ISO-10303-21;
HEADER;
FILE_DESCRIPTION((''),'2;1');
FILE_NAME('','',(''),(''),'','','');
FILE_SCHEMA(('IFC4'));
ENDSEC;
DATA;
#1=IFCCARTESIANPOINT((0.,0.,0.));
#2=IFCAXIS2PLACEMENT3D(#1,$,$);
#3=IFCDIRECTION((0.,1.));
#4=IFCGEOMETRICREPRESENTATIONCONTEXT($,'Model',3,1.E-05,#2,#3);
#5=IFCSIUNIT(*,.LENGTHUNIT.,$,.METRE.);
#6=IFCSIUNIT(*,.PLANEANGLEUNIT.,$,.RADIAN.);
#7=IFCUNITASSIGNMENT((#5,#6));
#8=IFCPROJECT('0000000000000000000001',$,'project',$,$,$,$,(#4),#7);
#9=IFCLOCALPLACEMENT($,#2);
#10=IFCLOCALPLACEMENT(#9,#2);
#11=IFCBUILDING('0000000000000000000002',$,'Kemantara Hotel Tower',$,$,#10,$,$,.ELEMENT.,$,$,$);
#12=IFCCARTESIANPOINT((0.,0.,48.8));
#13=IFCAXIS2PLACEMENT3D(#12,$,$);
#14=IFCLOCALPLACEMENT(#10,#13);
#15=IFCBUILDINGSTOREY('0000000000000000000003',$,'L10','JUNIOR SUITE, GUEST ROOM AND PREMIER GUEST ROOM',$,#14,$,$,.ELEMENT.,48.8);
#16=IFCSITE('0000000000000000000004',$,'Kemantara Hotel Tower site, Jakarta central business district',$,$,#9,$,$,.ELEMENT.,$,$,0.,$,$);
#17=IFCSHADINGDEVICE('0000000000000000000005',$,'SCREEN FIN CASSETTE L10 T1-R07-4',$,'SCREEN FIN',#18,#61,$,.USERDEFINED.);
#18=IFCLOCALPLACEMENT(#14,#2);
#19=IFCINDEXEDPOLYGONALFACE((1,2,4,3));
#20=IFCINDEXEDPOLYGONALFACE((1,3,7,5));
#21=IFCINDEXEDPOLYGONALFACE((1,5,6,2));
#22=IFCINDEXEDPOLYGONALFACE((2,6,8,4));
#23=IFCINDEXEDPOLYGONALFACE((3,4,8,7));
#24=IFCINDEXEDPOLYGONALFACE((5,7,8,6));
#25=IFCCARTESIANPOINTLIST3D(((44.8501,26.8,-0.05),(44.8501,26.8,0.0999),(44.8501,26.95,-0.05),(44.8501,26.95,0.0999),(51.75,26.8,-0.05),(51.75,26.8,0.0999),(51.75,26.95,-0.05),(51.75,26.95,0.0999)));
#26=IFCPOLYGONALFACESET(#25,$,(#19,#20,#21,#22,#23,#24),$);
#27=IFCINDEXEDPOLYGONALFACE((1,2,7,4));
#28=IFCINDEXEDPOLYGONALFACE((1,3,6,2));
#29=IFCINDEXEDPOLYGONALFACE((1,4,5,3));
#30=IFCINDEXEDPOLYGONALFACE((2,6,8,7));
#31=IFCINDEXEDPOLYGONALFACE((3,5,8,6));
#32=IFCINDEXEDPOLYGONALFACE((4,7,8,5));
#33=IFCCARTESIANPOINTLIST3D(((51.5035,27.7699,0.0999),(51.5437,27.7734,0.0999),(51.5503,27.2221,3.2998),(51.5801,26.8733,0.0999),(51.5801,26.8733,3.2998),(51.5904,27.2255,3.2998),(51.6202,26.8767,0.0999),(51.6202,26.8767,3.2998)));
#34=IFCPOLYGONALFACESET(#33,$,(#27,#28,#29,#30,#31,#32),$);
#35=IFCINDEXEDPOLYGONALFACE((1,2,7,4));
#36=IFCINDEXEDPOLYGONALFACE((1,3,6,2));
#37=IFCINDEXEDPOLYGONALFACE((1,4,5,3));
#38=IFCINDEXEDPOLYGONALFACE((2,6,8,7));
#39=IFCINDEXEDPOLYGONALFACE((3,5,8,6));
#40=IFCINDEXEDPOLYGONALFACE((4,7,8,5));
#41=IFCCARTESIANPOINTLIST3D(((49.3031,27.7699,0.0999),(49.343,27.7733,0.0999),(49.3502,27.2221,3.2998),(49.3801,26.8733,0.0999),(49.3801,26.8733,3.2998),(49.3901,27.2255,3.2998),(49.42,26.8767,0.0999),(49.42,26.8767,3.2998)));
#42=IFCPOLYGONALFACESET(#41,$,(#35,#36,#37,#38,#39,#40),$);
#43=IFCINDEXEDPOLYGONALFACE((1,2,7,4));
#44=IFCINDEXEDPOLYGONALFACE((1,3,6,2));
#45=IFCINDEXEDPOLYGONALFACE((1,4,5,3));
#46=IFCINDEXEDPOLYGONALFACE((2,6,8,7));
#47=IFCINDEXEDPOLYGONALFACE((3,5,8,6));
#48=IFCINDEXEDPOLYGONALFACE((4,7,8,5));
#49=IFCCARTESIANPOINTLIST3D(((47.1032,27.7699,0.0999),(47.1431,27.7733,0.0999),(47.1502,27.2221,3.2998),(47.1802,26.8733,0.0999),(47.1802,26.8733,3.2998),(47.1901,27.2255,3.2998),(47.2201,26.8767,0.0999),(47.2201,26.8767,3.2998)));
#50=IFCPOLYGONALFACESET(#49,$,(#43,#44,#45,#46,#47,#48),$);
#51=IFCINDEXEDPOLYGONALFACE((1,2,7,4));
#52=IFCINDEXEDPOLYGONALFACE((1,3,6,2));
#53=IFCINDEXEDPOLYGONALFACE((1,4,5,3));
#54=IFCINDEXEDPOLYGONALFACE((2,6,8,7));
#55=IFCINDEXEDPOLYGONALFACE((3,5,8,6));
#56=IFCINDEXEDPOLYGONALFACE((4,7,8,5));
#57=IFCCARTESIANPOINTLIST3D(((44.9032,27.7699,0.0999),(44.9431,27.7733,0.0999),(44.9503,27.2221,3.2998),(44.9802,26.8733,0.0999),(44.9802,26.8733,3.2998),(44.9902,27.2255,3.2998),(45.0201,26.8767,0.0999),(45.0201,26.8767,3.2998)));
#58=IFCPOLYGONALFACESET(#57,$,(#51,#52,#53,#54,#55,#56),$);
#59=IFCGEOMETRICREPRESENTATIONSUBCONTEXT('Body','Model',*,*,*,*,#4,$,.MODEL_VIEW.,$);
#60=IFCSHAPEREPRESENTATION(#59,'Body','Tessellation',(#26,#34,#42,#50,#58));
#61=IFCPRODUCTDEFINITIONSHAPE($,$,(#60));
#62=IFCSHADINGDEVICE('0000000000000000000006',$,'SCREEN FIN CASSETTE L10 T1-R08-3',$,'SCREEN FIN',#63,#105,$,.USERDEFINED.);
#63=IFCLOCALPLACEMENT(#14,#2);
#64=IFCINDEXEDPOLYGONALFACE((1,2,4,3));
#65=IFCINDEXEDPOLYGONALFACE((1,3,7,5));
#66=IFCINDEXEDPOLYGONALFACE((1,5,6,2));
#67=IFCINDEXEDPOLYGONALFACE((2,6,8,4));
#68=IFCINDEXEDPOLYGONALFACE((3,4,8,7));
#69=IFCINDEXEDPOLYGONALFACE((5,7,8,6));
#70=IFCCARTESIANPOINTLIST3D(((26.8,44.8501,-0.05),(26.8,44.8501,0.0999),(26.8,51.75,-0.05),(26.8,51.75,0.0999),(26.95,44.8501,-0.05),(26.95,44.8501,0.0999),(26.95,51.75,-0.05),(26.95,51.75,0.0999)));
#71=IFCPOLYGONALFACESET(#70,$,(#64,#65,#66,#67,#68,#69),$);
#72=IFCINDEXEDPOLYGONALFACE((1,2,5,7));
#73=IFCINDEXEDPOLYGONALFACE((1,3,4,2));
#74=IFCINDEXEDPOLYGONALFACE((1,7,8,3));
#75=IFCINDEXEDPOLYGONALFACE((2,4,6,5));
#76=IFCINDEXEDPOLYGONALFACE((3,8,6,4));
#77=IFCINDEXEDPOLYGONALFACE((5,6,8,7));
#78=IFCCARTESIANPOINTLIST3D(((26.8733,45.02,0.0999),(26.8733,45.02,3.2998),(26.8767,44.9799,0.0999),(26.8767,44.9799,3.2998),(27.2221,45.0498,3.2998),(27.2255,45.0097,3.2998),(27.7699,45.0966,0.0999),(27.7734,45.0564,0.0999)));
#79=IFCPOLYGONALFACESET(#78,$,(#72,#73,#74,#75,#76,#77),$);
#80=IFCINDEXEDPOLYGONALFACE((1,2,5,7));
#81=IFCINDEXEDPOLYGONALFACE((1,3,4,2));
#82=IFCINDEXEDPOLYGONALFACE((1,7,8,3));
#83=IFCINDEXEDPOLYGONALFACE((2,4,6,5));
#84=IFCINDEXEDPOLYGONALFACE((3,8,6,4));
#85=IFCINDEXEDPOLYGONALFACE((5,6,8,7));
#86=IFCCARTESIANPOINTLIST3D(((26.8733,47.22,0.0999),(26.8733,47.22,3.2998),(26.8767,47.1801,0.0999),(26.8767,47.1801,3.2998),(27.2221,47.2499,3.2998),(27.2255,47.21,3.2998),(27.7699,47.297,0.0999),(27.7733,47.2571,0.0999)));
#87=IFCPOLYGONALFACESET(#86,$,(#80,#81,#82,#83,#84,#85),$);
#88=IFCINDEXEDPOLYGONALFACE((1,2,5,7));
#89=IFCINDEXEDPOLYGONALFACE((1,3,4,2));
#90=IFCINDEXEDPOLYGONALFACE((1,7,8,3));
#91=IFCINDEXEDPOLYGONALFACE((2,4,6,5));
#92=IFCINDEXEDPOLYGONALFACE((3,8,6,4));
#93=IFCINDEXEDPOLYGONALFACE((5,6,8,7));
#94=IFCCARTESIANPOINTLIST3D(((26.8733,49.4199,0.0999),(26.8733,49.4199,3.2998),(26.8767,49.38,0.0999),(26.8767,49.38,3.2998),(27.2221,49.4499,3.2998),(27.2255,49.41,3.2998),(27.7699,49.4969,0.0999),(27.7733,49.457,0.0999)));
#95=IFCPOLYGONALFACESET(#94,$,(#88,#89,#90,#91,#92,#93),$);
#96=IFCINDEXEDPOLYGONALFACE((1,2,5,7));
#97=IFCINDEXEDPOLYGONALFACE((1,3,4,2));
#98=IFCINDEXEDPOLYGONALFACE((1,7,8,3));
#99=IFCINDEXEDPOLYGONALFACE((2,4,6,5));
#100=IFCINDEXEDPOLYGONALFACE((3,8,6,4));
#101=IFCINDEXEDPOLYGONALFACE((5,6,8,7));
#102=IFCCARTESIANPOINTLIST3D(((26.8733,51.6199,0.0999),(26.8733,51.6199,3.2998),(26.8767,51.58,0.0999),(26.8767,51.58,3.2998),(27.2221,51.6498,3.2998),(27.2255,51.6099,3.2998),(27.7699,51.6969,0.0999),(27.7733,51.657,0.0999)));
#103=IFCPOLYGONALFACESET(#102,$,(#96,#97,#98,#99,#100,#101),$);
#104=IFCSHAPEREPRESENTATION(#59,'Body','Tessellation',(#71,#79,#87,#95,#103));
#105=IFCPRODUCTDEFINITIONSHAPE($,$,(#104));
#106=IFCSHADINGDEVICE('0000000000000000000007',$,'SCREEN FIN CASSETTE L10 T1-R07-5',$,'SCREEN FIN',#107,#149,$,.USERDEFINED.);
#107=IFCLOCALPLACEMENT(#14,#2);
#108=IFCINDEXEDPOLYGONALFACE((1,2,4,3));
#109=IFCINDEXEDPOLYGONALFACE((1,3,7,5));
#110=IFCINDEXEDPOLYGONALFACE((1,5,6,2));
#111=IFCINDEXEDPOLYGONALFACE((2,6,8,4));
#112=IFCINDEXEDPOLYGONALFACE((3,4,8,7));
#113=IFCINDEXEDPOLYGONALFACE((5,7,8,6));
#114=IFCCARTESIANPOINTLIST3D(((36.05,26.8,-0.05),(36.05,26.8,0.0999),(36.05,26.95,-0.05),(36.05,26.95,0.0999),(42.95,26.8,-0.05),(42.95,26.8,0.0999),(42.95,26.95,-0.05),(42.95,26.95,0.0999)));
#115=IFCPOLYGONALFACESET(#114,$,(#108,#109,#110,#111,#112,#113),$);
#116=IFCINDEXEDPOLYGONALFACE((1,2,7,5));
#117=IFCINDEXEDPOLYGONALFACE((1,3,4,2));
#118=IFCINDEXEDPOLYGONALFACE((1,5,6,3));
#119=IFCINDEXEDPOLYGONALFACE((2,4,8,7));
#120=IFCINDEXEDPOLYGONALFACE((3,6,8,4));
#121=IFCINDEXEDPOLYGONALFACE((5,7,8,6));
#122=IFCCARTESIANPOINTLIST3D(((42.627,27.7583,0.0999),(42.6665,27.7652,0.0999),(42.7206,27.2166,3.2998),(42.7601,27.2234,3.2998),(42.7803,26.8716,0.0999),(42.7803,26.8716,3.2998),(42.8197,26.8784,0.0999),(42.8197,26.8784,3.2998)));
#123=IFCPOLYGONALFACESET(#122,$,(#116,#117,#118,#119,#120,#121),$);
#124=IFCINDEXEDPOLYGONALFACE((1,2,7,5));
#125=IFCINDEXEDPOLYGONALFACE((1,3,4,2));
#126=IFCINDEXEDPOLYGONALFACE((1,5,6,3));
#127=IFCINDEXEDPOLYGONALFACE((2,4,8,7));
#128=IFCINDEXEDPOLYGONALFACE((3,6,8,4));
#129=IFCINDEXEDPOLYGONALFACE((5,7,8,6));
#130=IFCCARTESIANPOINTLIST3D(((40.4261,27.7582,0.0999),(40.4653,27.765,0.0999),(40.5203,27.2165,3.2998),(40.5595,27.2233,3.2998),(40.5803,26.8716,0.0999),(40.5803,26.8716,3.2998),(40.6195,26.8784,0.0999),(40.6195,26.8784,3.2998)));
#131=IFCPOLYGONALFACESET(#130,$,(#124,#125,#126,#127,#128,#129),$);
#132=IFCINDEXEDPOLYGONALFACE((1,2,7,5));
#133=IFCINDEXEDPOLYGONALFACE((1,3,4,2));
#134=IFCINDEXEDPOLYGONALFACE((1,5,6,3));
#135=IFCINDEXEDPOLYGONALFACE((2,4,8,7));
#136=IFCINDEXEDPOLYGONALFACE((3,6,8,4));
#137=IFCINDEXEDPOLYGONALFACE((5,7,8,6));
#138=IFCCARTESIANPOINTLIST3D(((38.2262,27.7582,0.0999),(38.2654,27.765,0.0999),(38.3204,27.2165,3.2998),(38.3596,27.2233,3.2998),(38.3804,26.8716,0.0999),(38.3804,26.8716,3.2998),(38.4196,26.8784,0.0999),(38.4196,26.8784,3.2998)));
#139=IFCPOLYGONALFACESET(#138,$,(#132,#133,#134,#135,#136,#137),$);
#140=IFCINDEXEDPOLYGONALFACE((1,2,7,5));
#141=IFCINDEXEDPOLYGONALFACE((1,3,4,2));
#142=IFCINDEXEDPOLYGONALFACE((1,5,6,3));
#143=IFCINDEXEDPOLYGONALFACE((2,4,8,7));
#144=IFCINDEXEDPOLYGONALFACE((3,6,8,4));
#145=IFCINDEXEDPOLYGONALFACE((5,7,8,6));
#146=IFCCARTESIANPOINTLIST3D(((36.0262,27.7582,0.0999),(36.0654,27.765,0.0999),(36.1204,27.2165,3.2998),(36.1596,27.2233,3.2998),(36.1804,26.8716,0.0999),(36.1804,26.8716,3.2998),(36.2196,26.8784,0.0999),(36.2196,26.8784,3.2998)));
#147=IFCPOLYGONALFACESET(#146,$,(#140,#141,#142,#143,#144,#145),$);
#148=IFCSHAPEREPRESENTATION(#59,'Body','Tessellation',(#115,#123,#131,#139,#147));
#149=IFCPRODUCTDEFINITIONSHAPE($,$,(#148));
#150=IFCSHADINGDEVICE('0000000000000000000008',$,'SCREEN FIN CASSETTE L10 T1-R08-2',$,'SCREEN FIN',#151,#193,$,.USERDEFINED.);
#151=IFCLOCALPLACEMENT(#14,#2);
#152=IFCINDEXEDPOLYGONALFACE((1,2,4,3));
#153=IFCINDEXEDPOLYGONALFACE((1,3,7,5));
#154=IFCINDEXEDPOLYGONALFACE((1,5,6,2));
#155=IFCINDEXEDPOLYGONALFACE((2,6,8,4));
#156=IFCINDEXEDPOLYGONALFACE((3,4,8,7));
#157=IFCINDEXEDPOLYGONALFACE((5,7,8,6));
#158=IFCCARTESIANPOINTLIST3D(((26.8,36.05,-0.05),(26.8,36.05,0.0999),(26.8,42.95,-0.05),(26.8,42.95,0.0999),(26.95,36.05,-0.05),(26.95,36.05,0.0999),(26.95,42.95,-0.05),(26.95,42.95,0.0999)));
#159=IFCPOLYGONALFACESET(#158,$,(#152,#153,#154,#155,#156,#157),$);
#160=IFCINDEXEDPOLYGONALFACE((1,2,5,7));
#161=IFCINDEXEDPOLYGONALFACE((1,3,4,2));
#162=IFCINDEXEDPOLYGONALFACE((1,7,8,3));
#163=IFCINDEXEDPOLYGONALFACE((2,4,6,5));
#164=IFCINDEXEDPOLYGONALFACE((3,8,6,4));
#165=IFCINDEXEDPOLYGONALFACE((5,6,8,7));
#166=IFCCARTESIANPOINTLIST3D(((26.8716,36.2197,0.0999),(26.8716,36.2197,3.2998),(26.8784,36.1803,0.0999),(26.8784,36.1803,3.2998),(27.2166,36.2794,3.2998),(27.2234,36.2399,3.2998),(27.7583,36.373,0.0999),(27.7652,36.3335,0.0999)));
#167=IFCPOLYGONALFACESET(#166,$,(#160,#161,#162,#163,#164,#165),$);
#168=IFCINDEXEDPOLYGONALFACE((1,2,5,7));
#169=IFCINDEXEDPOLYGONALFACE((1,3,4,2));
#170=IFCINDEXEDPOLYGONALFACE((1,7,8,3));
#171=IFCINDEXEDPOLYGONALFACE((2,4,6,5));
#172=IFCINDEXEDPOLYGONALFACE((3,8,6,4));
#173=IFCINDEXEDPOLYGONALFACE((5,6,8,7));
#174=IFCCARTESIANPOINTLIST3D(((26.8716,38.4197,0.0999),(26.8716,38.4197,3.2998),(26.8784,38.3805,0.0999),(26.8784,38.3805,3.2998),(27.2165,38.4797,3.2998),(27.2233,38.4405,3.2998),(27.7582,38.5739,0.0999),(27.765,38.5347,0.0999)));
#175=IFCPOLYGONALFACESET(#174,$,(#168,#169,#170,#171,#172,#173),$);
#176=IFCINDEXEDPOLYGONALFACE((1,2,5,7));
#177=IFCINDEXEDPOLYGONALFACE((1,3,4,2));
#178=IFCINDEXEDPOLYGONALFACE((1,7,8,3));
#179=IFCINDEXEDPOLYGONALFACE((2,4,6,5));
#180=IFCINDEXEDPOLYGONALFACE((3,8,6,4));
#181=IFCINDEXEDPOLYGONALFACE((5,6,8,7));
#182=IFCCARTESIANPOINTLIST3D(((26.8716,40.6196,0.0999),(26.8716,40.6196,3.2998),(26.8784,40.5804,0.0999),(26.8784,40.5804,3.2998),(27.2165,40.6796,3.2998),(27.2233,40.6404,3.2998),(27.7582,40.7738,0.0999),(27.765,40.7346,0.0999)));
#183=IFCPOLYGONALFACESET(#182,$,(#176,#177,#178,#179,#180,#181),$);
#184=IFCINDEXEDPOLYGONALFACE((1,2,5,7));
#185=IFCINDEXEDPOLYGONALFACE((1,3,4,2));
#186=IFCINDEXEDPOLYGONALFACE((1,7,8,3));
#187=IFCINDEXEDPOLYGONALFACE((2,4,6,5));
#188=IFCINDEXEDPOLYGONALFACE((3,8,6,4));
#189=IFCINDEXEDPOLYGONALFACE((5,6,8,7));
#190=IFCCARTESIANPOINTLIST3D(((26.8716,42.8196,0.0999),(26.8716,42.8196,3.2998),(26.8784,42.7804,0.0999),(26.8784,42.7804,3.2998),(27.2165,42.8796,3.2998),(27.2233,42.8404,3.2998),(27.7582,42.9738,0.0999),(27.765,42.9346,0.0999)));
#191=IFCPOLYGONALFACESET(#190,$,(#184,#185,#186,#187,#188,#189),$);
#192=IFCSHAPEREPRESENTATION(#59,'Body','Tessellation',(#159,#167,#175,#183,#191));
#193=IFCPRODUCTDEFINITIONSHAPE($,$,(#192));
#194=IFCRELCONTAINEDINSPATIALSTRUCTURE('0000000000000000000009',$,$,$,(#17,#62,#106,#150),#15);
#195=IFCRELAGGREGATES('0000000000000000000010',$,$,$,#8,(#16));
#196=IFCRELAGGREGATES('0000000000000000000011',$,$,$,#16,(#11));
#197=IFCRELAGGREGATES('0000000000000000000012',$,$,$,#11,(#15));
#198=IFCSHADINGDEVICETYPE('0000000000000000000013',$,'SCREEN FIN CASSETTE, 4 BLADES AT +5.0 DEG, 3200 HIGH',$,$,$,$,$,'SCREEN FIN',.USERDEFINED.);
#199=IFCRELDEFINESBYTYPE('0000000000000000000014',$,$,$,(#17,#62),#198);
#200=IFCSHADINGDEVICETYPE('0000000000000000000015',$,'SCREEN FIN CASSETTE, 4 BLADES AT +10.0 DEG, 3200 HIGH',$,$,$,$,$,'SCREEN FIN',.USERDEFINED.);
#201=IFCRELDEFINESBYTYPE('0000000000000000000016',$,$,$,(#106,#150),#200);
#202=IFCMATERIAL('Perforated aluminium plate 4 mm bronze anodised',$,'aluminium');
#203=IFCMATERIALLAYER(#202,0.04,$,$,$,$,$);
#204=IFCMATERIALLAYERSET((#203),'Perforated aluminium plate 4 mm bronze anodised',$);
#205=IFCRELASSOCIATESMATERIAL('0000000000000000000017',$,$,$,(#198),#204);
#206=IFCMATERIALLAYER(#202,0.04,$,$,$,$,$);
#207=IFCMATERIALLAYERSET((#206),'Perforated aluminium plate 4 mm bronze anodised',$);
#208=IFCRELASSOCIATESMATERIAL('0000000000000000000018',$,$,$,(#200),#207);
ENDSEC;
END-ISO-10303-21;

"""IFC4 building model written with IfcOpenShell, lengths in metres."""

from ifc_helpers import new_model, si_unit, direction, frame, origin, origin_2d, place, context, subcontext, project, spatial, polyline, rectangle, outline, extrude, source, transform, mapped, material, layer, layer_set, type_object, element, save


model = new_model("IFC4")

# Units and contexts
model_context = context("Model", 3, precision=1e-05, world=origin(), true_north=direction((0.0, 1.0)))
body_context = subcontext(model_context, "Body", "Model", "MODEL_VIEW")
ifc_project = project(units=[si_unit("LENGTHUNIT", "METRE"), si_unit("PLANEANGLEUNIT", "RADIAN")], contexts=[model_context])

# Site, building, storey
site_placement = place(None, origin())
site = spatial("IfcSite", under=ifc_project, at=site_placement, Name="Kemantara Hotel Tower site, Jakarta central business district", CompositionType="ELEMENT", RefElevation=0.0)
building_placement = place(site_placement, origin())
building = spatial("IfcBuilding", under=site, at=building_placement, Name="Kemantara Hotel Tower", CompositionType="ELEMENT")
storey_placement = place(building_placement, frame((0.0, 0.0, 48.8)))
storey = spatial("IfcBuildingStorey", under=building, at=storey_placement, Name="L10", Description="JUNIOR SUITE, GUEST ROOM AND PREMIER GUEST ROOM", CompositionType="ELEMENT", Elevation=48.8)

# Shading devices
ifc_material_1 = material(Name="Perforated aluminium plate 4 mm bronze anodised", Category="aluminium")
ifc_layer_1 = layer(ifc_material_1, 0.04)
ifc_layer_set_1 = layer_set([ifc_layer_1], Name="Perforated aluminium plate 4 mm bronze anodised")
shading_device_type_1 = type_object("IfcShadingDeviceType", Name="SCREEN FIN CASSETTE, 4 BLADES AT +5.0 DEG, 3200 HIGH", ElementType="SCREEN FIN", PredefinedType="USERDEFINED", material=ifc_layer_set_1)
shared_shape_1 = source(origin(), body_context, "Body", "SweptSolid", [
    extrude(rectangle(XDim=6.8999, YDim=0.1499, at=origin_2d()), frame((3.3, -0.075, -0.1499), z_axis=(0.0, 0.0, 1.0), x_axis=(1.0, 0.0, 0.0)), (0.0, 0.0, 1.0), 0.1499),
    extrude(outline(polyline([(0.0, 0.0), (0.8999, 0.0), (0.3501, 3.2), (0.0, 3.2), (0.0, 0.0)])), frame((0.02, -0.0732, 0.0), z_axis=(-0.996376, -0.085056, 0.0), x_axis=(0.085056, -0.996376, 0.0)), (0.0, 0.0, 1.0), 0.0403),
    extrude(outline(polyline([(0.0, 0.0), (0.8999, 0.0), (0.3501, 3.2), (0.0, 3.2), (0.0, 0.0)])), frame((2.22, -0.0732, 0.0), z_axis=(-0.996332, -0.085575, 0.0), x_axis=(0.085575, -0.996332, 0.0)), (0.0, 0.0, 1.0), 0.04),
    extrude(outline(polyline([(0.0, 0.0), (0.8999, 0.0), (0.3501, 3.2), (0.0, 3.2), (0.0, 0.0)])), frame((4.4199, -0.0732, 0.0), z_axis=(-0.996332, -0.085575, 0.0), x_axis=(0.085575, -0.996332, 0.0)), (0.0, 0.0, 1.0), 0.04),
    extrude(outline(polyline([(0.0, 0.0), (0.8999, 0.0), (0.3501, 3.2), (0.0, 3.2), (0.0, 0.0)])), frame((6.6199, -0.0732, 0.0), z_axis=(-0.996332, -0.085575, 0.0), x_axis=(0.085575, -0.996332, 0.0)), (0.0, 0.0, 1.0), 0.04),
])
for number, where, z_axis, x_axis, name in (
    (1, (51.6001, 26.8, 0.0999), (0.0, 0.0, 1.0), (-1.0, 0.0, 0.0), "SCREEN FIN CASSETTE L10 T1-R07-4"),
    (2, (26.8, 45.0, 0.0999), (0.0, 0.0, 1.0), (0.0, 1.0, 0.0), "SCREEN FIN CASSETTE L10 T1-R08-3"),
):
    element("IfcShadingDevice", number, at=place(storey_placement, frame(where, z_axis=z_axis, x_axis=x_axis)), inside=storey, type_object=shading_device_type_1, Name=name, ObjectType="SCREEN FIN", PredefinedType="USERDEFINED", context=body_context, shape_type="MappedRepresentation", body=[
        mapped(shared_shape_1, transform((0.0, 0.0, 0.0))),
    ])
ifc_layer_2 = layer(ifc_material_1, 0.04)
ifc_layer_set_2 = layer_set([ifc_layer_2], Name="Perforated aluminium plate 4 mm bronze anodised")
shading_device_type_2 = type_object("IfcShadingDeviceType", Name="SCREEN FIN CASSETTE, 4 BLADES AT +10.0 DEG, 3200 HIGH", ElementType="SCREEN FIN", PredefinedType="USERDEFINED", material=ifc_layer_set_2)
shared_shape_2 = source(origin(), body_context, "Body", "SweptSolid", [
    extrude(rectangle(XDim=6.8999, YDim=0.1499, at=origin_2d()), frame((3.3, -0.075, -0.1499), z_axis=(0.0, 0.0, 1.0), x_axis=(1.0, 0.0, 0.0)), (0.0, 0.0, 1.0), 0.1499),
    extrude(outline(polyline([(0.0, 0.0), (0.8999, 0.0), (0.3501, 3.2), (0.0, 3.2), (0.0, 0.0)])), frame((0.0198, -0.0715, 0.0), z_axis=(-0.98539, -0.170314, 0.0), x_axis=(0.170314, -0.98539, 0.0)), (0.0, 0.0, 1.0), 0.04),
    extrude(outline(polyline([(0.0, 0.0), (0.8999, 0.0), (0.3501, 3.2), (0.0, 3.2), (0.0, 0.0)])), frame((2.2197, -0.0715, 0.0), z_axis=(-0.985212, -0.171341, 0.0), x_axis=(0.171341, -0.985212, 0.0)), (0.0, 0.0, 1.0), 0.0398),
    extrude(outline(polyline([(0.0, 0.0), (0.8999, 0.0), (0.3501, 3.2), (0.0, 3.2), (0.0, 0.0)])), frame((4.4197, -0.0715, 0.0), z_axis=(-0.985212, -0.171341, 0.0), x_axis=(0.171341, -0.985212, 0.0)), (0.0, 0.0, 1.0), 0.0398),
    extrude(outline(polyline([(0.0, 0.0), (0.8999, 0.0), (0.3501, 3.2), (0.0, 3.2), (0.0, 0.0)])), frame((6.6196, -0.0715, 0.0), z_axis=(-0.985212, -0.171341, 0.0), x_axis=(0.171341, -0.985212, 0.0)), (0.0, 0.0, 1.0), 0.0398),
])
for number, where, z_axis, x_axis, name in (
    (3, (42.8, 26.8, 0.0999), (0.0, 0.0, 1.0), (-1.0, 0.0, 0.0), "SCREEN FIN CASSETTE L10 T1-R07-5"),
    (4, (26.8, 36.2, 0.0999), (0.0, 0.0, 1.0), (0.0, 1.0, 0.0), "SCREEN FIN CASSETTE L10 T1-R08-2"),
):
    element("IfcShadingDevice", number, at=place(storey_placement, frame(where, z_axis=z_axis, x_axis=x_axis)), inside=storey, type_object=shading_device_type_2, Name=name, ObjectType="SCREEN FIN", PredefinedType="USERDEFINED", context=body_context, shape_type="MappedRepresentation", body=[
        mapped(shared_shape_2, transform((0.0, 0.0, 0.0))),
    ])

save(model, "model.ifc")
